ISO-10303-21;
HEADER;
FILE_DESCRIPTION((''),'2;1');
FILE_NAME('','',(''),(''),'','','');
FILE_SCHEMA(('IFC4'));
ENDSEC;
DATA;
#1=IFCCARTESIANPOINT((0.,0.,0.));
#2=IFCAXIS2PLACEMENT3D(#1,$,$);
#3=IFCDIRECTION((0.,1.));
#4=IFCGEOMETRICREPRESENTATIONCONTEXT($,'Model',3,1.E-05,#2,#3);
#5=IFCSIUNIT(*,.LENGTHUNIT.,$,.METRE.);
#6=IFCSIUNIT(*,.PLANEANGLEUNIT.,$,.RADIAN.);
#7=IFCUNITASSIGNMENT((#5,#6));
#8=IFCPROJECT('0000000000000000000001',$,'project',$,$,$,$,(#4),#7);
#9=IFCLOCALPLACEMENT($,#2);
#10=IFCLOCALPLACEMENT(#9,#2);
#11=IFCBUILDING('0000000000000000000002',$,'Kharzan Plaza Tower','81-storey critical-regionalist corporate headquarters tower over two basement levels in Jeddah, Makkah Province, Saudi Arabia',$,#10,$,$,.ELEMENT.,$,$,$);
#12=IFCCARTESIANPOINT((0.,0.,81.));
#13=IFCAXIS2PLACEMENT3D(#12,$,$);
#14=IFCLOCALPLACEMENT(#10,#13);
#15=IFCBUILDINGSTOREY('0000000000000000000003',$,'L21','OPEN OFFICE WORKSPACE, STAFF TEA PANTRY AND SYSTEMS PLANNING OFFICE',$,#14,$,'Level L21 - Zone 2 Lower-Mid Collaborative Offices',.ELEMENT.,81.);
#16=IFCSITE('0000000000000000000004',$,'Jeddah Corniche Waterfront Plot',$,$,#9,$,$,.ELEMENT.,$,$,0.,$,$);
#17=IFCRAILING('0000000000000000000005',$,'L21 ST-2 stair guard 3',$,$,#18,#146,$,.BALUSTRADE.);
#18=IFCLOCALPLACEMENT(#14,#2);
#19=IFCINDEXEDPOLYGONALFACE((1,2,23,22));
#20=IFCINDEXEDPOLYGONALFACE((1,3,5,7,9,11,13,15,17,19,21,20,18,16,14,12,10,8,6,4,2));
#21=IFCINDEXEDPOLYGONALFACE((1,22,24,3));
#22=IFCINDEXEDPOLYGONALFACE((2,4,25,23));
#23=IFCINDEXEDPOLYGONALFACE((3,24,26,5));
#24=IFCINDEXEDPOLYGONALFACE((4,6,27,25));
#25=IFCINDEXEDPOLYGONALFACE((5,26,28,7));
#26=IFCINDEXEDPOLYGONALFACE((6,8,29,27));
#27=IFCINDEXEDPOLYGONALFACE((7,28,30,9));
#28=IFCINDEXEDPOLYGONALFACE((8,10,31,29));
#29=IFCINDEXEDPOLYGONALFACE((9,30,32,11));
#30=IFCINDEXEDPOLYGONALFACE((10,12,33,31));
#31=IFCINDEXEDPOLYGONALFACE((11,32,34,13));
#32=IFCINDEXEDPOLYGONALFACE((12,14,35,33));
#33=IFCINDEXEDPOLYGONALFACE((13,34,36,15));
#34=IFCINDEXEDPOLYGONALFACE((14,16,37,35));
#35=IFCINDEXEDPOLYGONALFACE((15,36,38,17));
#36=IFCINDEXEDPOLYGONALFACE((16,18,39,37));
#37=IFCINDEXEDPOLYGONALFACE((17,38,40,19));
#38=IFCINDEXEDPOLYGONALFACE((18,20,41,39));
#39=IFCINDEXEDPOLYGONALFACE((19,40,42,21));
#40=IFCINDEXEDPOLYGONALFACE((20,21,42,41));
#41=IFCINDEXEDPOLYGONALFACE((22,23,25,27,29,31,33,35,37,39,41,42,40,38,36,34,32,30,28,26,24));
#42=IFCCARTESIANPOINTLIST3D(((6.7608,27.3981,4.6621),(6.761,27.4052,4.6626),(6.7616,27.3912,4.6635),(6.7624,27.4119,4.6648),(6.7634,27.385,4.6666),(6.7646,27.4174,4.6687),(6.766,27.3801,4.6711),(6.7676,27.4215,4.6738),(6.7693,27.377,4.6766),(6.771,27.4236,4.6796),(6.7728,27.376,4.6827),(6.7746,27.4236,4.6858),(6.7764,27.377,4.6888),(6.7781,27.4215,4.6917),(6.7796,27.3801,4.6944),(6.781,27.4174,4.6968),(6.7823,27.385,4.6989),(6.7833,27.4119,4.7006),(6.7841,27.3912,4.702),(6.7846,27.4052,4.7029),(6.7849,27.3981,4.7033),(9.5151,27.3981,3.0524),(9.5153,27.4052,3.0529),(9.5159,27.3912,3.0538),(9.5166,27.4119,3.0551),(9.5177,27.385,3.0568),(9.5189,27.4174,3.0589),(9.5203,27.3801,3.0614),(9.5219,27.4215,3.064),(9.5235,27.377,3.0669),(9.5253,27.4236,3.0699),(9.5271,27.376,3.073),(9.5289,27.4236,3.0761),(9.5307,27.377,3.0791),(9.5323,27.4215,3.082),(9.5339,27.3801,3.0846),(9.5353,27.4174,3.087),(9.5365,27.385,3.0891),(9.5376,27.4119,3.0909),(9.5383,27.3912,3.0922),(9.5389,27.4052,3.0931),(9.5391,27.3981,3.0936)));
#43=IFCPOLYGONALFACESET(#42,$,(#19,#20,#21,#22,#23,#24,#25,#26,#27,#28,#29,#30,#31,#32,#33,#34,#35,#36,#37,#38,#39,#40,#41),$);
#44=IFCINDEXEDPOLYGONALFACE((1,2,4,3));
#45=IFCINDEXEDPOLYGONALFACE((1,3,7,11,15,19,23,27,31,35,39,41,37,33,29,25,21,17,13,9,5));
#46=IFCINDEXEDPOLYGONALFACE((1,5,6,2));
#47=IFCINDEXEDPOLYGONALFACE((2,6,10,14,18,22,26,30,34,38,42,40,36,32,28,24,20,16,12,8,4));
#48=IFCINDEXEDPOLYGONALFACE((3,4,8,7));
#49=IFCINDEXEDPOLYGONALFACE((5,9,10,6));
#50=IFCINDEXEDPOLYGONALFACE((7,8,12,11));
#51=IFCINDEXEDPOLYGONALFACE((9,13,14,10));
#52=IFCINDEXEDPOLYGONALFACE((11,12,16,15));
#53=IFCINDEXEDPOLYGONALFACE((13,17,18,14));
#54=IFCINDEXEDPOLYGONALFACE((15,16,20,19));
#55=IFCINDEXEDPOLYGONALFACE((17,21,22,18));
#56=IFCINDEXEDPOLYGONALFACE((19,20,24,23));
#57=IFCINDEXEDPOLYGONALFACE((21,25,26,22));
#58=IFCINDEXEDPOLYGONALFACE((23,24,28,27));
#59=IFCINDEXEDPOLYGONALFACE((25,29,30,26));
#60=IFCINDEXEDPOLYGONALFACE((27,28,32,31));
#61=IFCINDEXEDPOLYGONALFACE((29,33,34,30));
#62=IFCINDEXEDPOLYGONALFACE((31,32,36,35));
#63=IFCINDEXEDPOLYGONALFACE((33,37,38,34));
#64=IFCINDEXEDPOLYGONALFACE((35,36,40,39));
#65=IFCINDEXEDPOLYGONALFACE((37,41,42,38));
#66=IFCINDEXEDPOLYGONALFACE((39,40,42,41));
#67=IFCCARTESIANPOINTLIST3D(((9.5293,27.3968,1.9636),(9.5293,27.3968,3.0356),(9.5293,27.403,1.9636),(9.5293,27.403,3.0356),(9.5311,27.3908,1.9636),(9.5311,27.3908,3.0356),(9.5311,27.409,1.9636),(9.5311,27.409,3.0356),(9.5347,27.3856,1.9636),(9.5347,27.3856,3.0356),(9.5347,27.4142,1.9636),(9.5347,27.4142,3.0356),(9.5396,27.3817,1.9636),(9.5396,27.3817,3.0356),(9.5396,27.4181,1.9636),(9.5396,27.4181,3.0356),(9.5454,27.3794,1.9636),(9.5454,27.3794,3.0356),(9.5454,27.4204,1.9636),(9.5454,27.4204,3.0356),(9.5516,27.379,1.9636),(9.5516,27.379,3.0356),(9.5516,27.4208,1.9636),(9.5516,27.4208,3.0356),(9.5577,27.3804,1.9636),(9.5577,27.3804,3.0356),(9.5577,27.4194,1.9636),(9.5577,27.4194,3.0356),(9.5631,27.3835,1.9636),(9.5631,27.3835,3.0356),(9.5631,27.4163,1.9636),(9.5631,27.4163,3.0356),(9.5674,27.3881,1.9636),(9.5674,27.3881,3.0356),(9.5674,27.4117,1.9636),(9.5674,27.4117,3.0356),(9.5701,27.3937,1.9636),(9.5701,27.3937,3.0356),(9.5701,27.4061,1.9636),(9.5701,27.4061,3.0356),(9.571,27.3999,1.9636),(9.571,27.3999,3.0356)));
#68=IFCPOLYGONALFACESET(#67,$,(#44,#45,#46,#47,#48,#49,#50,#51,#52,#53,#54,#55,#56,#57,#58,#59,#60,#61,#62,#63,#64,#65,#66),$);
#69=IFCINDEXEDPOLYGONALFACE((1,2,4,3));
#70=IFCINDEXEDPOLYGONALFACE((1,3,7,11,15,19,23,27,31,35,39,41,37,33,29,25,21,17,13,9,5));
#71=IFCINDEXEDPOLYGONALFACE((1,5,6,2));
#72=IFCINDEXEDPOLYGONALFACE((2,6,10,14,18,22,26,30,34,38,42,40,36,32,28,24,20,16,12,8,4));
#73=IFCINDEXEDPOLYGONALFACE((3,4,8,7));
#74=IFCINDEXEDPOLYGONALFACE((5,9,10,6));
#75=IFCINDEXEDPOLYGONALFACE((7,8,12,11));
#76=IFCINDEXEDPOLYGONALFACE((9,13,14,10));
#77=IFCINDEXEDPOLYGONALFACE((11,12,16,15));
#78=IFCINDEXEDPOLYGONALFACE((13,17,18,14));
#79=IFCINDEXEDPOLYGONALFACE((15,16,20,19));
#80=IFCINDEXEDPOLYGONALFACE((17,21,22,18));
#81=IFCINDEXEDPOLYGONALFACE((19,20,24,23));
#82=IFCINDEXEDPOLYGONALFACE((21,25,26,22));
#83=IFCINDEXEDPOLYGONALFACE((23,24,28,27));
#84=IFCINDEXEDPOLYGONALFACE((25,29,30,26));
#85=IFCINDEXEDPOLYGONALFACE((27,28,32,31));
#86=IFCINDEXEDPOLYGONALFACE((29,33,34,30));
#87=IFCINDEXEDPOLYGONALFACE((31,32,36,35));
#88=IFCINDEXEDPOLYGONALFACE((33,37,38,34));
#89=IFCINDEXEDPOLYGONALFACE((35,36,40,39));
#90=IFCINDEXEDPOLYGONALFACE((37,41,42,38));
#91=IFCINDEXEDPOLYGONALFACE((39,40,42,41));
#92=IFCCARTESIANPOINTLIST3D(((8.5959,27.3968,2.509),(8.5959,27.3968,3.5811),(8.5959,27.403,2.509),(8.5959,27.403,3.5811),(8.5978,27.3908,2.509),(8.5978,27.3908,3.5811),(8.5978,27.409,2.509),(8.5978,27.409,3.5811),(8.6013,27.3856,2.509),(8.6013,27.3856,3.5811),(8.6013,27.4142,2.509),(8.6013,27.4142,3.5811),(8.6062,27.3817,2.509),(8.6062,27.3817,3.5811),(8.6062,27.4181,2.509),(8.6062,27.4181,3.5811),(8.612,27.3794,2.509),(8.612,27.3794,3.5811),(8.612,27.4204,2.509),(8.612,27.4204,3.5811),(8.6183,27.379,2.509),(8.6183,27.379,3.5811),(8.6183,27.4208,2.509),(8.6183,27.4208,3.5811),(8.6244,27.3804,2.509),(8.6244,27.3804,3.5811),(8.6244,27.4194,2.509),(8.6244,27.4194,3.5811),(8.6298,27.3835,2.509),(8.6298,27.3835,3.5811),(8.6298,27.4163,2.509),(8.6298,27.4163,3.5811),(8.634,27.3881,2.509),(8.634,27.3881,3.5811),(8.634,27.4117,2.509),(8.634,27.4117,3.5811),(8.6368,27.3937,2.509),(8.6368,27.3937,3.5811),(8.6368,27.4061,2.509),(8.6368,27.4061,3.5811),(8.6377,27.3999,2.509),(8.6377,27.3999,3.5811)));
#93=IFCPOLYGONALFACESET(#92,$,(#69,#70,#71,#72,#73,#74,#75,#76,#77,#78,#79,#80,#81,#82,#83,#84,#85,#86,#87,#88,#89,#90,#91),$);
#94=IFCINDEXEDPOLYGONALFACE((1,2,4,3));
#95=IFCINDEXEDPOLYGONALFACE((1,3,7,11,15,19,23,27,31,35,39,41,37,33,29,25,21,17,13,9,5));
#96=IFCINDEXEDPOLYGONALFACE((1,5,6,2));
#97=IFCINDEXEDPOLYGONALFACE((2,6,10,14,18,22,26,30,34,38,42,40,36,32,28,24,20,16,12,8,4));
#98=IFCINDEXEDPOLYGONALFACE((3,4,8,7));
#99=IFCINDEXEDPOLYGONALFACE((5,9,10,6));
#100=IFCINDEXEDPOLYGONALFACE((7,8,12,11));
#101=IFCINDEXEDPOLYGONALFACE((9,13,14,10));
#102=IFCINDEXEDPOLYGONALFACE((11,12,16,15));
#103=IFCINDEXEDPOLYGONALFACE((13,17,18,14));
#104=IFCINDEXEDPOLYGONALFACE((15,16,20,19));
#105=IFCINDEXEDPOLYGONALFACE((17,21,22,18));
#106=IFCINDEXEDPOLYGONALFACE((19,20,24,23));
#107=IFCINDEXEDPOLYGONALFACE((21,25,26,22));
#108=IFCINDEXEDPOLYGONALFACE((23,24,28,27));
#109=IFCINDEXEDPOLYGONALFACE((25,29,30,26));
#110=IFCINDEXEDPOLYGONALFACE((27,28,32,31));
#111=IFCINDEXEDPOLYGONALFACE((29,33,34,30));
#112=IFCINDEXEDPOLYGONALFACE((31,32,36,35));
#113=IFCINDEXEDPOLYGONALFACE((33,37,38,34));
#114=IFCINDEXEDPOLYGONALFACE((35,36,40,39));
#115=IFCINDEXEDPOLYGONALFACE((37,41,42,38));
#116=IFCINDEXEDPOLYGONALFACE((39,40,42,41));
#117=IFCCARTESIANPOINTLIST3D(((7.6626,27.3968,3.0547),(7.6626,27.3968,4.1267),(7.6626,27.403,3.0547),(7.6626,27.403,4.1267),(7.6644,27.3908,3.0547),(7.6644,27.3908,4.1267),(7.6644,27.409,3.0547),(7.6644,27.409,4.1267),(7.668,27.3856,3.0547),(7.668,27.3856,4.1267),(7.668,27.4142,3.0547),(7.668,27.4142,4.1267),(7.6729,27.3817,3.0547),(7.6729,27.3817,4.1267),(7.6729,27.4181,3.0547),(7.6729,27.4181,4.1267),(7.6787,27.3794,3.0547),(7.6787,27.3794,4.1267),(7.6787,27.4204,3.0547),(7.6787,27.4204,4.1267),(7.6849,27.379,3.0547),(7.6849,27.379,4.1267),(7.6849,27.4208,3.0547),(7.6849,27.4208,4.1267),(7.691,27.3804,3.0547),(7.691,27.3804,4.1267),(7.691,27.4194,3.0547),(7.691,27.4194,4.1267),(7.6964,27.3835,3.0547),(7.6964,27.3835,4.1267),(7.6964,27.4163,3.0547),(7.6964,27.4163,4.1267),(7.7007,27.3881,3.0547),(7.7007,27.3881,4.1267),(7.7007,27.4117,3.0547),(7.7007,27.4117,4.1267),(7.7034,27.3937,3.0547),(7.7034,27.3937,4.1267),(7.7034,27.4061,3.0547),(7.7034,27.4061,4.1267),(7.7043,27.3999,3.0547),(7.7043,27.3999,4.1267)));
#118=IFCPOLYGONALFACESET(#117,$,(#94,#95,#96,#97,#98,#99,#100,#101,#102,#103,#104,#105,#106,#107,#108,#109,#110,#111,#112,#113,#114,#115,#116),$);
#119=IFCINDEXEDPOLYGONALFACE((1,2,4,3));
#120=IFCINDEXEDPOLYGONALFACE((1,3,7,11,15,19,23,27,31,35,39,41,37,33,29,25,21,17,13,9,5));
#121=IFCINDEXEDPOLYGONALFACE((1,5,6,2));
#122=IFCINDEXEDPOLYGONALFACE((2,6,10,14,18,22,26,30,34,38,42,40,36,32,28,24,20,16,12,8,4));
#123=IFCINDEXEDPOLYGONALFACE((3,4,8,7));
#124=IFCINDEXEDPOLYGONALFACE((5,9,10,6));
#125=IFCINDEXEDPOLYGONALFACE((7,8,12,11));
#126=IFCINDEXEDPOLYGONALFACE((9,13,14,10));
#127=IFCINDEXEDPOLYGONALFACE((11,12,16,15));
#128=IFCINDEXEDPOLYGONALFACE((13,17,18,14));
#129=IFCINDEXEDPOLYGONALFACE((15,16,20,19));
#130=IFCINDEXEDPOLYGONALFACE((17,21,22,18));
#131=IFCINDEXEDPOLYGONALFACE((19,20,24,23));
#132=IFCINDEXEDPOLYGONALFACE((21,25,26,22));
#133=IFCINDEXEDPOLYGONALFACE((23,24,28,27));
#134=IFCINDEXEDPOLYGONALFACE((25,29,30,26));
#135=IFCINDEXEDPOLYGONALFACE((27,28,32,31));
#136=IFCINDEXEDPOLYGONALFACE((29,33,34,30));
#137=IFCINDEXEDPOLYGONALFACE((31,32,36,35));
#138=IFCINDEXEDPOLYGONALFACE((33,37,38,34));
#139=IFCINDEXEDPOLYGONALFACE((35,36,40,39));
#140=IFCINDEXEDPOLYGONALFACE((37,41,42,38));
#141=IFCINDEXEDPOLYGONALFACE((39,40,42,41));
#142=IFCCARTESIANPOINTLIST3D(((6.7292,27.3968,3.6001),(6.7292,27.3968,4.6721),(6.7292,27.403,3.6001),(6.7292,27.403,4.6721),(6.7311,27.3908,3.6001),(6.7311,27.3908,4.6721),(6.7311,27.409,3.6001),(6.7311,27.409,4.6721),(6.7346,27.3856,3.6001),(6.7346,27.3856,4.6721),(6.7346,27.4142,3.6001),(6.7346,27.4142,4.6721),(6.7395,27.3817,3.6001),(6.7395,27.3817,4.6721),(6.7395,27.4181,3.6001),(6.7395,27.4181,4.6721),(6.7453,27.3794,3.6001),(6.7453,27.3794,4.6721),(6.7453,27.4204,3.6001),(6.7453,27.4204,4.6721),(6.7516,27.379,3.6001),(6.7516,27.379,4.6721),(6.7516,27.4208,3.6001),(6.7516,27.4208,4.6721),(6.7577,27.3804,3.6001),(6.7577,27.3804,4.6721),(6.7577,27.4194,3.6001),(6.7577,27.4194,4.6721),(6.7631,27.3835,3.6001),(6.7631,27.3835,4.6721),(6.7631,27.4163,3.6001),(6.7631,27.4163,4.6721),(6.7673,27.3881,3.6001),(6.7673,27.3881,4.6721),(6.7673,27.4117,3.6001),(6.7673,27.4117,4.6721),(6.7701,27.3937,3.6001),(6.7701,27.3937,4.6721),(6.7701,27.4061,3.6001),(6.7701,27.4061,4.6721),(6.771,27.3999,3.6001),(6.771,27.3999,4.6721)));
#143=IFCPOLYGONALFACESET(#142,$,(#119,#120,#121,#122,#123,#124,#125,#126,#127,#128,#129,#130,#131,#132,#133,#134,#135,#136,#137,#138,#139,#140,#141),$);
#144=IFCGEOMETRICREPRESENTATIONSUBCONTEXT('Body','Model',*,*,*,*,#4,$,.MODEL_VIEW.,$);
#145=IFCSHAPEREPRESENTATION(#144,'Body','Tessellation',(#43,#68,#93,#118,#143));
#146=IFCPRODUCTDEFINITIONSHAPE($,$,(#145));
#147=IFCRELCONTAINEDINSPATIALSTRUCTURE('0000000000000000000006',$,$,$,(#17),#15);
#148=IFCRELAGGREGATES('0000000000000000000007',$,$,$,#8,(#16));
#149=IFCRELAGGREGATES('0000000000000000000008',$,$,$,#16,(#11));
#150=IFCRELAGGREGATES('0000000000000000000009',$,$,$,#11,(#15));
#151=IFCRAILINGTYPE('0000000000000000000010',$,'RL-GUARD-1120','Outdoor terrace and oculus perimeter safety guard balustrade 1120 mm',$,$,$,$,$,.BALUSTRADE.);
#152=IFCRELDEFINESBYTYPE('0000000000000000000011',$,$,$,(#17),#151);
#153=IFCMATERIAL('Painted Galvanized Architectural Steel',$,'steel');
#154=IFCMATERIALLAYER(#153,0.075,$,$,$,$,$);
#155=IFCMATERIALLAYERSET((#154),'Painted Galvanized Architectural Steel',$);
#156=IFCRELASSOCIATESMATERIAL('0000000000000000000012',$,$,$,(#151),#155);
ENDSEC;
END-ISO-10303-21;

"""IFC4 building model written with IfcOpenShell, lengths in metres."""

from ifc_helpers import new_model, si_unit, direction, frame, origin, origin_2d, place, context, subcontext, project, spatial, circle, extrude, source, transform, mapped, material, layer, layer_set, type_object, element, save


model = new_model("IFC4")

# Units and contexts
model_context = context("Model", 3, precision=1e-05, world=origin(), true_north=direction((0.0, 1.0)))
body_context = subcontext(model_context, "Body", "Model", "MODEL_VIEW")
ifc_project = project(units=[si_unit("LENGTHUNIT", "METRE"), si_unit("PLANEANGLEUNIT", "RADIAN")], contexts=[model_context])

# Site, building, storey
site_placement = place(None, origin())
site = spatial("IfcSite", under=ifc_project, at=site_placement, Name="Jeddah Corniche Waterfront Plot", CompositionType="ELEMENT", RefElevation=0.0)
building_placement = place(site_placement, origin())
building = spatial("IfcBuilding", under=site, at=building_placement, Name="Kharzan Plaza Tower", Description="81-storey critical-regionalist corporate headquarters tower over two basement levels in Jeddah, Makkah Province, Saudi Arabia", CompositionType="ELEMENT")
storey_placement = place(building_placement, frame((0.0, 0.0, 81.0)))
storey = spatial("IfcBuildingStorey", under=building, at=storey_placement, Name="L21", Description="OPEN OFFICE WORKSPACE, STAFF TEA PANTRY AND SYSTEMS PLANNING OFFICE", LongName="Level L21 - Zone 2 Lower-Mid Collaborative Offices", CompositionType="ELEMENT", Elevation=81.0)

# Railing
ifc_material_1 = material(Name="Painted Galvanized Architectural Steel", Category="steel")
ifc_layer_1 = layer(ifc_material_1, 0.075)
ifc_layer_set_1 = layer_set([ifc_layer_1], Name="Painted Galvanized Architectural Steel")
railing_type_1 = type_object("IfcRailingType", Name="RL-GUARD-1120", Description="Outdoor terrace and oculus perimeter safety guard balustrade 1120 mm", PredefinedType="BALUSTRADE", material=ifc_layer_set_1)
shared_shape_1 = source(origin(), body_context, "Body", "SweptSolid", [
    extrude(circle(Radius=0.0239, at=origin_2d()), frame((-0.0229, 0.0, 1.1094), z_axis=(-0.863361, 0.0, 0.504587), x_axis=(0.0, -1.0, 0.0)), (0.0, 0.0, 1.0), 3.1902),
    extrude(circle(Radius=0.021, at=origin_2d()), origin(), (0.0, 0.0, 1.0), 1.072),
    extrude(circle(Radius=0.021, at=origin_2d()), frame((-0.9333, 0.0, 0.5454)), (0.0, 0.0, 1.0), 1.072),
    extrude(circle(Radius=0.021, at=origin_2d()), frame((-1.8667, 0.0, 1.0911)), (0.0, 0.0, 1.0), 1.072),
    extrude(circle(Radius=0.021, at=origin_2d()), frame((-2.8, 0.0, 1.6365)), (0.0, 0.0, 1.0), 1.072),
])
railing_1_placement = place(storey_placement, frame((9.55, 27.3999, 1.9636)))
element("IfcRailing", 1, at=railing_1_placement, inside=storey, type_object=railing_type_1, Name="L21 ST-2 stair guard 3", PredefinedType="BALUSTRADE", context=body_context, shape_type="MappedRepresentation", body=[
    mapped(shared_shape_1, transform((0.0, 0.0, 0.0), x_axis=(1.0, 0.0, 0.0), y_axis=(0.0, 1.0, 0.0), z_axis=(0.0, 0.0, 1.0))),
])

save(model, "model.ifc")
